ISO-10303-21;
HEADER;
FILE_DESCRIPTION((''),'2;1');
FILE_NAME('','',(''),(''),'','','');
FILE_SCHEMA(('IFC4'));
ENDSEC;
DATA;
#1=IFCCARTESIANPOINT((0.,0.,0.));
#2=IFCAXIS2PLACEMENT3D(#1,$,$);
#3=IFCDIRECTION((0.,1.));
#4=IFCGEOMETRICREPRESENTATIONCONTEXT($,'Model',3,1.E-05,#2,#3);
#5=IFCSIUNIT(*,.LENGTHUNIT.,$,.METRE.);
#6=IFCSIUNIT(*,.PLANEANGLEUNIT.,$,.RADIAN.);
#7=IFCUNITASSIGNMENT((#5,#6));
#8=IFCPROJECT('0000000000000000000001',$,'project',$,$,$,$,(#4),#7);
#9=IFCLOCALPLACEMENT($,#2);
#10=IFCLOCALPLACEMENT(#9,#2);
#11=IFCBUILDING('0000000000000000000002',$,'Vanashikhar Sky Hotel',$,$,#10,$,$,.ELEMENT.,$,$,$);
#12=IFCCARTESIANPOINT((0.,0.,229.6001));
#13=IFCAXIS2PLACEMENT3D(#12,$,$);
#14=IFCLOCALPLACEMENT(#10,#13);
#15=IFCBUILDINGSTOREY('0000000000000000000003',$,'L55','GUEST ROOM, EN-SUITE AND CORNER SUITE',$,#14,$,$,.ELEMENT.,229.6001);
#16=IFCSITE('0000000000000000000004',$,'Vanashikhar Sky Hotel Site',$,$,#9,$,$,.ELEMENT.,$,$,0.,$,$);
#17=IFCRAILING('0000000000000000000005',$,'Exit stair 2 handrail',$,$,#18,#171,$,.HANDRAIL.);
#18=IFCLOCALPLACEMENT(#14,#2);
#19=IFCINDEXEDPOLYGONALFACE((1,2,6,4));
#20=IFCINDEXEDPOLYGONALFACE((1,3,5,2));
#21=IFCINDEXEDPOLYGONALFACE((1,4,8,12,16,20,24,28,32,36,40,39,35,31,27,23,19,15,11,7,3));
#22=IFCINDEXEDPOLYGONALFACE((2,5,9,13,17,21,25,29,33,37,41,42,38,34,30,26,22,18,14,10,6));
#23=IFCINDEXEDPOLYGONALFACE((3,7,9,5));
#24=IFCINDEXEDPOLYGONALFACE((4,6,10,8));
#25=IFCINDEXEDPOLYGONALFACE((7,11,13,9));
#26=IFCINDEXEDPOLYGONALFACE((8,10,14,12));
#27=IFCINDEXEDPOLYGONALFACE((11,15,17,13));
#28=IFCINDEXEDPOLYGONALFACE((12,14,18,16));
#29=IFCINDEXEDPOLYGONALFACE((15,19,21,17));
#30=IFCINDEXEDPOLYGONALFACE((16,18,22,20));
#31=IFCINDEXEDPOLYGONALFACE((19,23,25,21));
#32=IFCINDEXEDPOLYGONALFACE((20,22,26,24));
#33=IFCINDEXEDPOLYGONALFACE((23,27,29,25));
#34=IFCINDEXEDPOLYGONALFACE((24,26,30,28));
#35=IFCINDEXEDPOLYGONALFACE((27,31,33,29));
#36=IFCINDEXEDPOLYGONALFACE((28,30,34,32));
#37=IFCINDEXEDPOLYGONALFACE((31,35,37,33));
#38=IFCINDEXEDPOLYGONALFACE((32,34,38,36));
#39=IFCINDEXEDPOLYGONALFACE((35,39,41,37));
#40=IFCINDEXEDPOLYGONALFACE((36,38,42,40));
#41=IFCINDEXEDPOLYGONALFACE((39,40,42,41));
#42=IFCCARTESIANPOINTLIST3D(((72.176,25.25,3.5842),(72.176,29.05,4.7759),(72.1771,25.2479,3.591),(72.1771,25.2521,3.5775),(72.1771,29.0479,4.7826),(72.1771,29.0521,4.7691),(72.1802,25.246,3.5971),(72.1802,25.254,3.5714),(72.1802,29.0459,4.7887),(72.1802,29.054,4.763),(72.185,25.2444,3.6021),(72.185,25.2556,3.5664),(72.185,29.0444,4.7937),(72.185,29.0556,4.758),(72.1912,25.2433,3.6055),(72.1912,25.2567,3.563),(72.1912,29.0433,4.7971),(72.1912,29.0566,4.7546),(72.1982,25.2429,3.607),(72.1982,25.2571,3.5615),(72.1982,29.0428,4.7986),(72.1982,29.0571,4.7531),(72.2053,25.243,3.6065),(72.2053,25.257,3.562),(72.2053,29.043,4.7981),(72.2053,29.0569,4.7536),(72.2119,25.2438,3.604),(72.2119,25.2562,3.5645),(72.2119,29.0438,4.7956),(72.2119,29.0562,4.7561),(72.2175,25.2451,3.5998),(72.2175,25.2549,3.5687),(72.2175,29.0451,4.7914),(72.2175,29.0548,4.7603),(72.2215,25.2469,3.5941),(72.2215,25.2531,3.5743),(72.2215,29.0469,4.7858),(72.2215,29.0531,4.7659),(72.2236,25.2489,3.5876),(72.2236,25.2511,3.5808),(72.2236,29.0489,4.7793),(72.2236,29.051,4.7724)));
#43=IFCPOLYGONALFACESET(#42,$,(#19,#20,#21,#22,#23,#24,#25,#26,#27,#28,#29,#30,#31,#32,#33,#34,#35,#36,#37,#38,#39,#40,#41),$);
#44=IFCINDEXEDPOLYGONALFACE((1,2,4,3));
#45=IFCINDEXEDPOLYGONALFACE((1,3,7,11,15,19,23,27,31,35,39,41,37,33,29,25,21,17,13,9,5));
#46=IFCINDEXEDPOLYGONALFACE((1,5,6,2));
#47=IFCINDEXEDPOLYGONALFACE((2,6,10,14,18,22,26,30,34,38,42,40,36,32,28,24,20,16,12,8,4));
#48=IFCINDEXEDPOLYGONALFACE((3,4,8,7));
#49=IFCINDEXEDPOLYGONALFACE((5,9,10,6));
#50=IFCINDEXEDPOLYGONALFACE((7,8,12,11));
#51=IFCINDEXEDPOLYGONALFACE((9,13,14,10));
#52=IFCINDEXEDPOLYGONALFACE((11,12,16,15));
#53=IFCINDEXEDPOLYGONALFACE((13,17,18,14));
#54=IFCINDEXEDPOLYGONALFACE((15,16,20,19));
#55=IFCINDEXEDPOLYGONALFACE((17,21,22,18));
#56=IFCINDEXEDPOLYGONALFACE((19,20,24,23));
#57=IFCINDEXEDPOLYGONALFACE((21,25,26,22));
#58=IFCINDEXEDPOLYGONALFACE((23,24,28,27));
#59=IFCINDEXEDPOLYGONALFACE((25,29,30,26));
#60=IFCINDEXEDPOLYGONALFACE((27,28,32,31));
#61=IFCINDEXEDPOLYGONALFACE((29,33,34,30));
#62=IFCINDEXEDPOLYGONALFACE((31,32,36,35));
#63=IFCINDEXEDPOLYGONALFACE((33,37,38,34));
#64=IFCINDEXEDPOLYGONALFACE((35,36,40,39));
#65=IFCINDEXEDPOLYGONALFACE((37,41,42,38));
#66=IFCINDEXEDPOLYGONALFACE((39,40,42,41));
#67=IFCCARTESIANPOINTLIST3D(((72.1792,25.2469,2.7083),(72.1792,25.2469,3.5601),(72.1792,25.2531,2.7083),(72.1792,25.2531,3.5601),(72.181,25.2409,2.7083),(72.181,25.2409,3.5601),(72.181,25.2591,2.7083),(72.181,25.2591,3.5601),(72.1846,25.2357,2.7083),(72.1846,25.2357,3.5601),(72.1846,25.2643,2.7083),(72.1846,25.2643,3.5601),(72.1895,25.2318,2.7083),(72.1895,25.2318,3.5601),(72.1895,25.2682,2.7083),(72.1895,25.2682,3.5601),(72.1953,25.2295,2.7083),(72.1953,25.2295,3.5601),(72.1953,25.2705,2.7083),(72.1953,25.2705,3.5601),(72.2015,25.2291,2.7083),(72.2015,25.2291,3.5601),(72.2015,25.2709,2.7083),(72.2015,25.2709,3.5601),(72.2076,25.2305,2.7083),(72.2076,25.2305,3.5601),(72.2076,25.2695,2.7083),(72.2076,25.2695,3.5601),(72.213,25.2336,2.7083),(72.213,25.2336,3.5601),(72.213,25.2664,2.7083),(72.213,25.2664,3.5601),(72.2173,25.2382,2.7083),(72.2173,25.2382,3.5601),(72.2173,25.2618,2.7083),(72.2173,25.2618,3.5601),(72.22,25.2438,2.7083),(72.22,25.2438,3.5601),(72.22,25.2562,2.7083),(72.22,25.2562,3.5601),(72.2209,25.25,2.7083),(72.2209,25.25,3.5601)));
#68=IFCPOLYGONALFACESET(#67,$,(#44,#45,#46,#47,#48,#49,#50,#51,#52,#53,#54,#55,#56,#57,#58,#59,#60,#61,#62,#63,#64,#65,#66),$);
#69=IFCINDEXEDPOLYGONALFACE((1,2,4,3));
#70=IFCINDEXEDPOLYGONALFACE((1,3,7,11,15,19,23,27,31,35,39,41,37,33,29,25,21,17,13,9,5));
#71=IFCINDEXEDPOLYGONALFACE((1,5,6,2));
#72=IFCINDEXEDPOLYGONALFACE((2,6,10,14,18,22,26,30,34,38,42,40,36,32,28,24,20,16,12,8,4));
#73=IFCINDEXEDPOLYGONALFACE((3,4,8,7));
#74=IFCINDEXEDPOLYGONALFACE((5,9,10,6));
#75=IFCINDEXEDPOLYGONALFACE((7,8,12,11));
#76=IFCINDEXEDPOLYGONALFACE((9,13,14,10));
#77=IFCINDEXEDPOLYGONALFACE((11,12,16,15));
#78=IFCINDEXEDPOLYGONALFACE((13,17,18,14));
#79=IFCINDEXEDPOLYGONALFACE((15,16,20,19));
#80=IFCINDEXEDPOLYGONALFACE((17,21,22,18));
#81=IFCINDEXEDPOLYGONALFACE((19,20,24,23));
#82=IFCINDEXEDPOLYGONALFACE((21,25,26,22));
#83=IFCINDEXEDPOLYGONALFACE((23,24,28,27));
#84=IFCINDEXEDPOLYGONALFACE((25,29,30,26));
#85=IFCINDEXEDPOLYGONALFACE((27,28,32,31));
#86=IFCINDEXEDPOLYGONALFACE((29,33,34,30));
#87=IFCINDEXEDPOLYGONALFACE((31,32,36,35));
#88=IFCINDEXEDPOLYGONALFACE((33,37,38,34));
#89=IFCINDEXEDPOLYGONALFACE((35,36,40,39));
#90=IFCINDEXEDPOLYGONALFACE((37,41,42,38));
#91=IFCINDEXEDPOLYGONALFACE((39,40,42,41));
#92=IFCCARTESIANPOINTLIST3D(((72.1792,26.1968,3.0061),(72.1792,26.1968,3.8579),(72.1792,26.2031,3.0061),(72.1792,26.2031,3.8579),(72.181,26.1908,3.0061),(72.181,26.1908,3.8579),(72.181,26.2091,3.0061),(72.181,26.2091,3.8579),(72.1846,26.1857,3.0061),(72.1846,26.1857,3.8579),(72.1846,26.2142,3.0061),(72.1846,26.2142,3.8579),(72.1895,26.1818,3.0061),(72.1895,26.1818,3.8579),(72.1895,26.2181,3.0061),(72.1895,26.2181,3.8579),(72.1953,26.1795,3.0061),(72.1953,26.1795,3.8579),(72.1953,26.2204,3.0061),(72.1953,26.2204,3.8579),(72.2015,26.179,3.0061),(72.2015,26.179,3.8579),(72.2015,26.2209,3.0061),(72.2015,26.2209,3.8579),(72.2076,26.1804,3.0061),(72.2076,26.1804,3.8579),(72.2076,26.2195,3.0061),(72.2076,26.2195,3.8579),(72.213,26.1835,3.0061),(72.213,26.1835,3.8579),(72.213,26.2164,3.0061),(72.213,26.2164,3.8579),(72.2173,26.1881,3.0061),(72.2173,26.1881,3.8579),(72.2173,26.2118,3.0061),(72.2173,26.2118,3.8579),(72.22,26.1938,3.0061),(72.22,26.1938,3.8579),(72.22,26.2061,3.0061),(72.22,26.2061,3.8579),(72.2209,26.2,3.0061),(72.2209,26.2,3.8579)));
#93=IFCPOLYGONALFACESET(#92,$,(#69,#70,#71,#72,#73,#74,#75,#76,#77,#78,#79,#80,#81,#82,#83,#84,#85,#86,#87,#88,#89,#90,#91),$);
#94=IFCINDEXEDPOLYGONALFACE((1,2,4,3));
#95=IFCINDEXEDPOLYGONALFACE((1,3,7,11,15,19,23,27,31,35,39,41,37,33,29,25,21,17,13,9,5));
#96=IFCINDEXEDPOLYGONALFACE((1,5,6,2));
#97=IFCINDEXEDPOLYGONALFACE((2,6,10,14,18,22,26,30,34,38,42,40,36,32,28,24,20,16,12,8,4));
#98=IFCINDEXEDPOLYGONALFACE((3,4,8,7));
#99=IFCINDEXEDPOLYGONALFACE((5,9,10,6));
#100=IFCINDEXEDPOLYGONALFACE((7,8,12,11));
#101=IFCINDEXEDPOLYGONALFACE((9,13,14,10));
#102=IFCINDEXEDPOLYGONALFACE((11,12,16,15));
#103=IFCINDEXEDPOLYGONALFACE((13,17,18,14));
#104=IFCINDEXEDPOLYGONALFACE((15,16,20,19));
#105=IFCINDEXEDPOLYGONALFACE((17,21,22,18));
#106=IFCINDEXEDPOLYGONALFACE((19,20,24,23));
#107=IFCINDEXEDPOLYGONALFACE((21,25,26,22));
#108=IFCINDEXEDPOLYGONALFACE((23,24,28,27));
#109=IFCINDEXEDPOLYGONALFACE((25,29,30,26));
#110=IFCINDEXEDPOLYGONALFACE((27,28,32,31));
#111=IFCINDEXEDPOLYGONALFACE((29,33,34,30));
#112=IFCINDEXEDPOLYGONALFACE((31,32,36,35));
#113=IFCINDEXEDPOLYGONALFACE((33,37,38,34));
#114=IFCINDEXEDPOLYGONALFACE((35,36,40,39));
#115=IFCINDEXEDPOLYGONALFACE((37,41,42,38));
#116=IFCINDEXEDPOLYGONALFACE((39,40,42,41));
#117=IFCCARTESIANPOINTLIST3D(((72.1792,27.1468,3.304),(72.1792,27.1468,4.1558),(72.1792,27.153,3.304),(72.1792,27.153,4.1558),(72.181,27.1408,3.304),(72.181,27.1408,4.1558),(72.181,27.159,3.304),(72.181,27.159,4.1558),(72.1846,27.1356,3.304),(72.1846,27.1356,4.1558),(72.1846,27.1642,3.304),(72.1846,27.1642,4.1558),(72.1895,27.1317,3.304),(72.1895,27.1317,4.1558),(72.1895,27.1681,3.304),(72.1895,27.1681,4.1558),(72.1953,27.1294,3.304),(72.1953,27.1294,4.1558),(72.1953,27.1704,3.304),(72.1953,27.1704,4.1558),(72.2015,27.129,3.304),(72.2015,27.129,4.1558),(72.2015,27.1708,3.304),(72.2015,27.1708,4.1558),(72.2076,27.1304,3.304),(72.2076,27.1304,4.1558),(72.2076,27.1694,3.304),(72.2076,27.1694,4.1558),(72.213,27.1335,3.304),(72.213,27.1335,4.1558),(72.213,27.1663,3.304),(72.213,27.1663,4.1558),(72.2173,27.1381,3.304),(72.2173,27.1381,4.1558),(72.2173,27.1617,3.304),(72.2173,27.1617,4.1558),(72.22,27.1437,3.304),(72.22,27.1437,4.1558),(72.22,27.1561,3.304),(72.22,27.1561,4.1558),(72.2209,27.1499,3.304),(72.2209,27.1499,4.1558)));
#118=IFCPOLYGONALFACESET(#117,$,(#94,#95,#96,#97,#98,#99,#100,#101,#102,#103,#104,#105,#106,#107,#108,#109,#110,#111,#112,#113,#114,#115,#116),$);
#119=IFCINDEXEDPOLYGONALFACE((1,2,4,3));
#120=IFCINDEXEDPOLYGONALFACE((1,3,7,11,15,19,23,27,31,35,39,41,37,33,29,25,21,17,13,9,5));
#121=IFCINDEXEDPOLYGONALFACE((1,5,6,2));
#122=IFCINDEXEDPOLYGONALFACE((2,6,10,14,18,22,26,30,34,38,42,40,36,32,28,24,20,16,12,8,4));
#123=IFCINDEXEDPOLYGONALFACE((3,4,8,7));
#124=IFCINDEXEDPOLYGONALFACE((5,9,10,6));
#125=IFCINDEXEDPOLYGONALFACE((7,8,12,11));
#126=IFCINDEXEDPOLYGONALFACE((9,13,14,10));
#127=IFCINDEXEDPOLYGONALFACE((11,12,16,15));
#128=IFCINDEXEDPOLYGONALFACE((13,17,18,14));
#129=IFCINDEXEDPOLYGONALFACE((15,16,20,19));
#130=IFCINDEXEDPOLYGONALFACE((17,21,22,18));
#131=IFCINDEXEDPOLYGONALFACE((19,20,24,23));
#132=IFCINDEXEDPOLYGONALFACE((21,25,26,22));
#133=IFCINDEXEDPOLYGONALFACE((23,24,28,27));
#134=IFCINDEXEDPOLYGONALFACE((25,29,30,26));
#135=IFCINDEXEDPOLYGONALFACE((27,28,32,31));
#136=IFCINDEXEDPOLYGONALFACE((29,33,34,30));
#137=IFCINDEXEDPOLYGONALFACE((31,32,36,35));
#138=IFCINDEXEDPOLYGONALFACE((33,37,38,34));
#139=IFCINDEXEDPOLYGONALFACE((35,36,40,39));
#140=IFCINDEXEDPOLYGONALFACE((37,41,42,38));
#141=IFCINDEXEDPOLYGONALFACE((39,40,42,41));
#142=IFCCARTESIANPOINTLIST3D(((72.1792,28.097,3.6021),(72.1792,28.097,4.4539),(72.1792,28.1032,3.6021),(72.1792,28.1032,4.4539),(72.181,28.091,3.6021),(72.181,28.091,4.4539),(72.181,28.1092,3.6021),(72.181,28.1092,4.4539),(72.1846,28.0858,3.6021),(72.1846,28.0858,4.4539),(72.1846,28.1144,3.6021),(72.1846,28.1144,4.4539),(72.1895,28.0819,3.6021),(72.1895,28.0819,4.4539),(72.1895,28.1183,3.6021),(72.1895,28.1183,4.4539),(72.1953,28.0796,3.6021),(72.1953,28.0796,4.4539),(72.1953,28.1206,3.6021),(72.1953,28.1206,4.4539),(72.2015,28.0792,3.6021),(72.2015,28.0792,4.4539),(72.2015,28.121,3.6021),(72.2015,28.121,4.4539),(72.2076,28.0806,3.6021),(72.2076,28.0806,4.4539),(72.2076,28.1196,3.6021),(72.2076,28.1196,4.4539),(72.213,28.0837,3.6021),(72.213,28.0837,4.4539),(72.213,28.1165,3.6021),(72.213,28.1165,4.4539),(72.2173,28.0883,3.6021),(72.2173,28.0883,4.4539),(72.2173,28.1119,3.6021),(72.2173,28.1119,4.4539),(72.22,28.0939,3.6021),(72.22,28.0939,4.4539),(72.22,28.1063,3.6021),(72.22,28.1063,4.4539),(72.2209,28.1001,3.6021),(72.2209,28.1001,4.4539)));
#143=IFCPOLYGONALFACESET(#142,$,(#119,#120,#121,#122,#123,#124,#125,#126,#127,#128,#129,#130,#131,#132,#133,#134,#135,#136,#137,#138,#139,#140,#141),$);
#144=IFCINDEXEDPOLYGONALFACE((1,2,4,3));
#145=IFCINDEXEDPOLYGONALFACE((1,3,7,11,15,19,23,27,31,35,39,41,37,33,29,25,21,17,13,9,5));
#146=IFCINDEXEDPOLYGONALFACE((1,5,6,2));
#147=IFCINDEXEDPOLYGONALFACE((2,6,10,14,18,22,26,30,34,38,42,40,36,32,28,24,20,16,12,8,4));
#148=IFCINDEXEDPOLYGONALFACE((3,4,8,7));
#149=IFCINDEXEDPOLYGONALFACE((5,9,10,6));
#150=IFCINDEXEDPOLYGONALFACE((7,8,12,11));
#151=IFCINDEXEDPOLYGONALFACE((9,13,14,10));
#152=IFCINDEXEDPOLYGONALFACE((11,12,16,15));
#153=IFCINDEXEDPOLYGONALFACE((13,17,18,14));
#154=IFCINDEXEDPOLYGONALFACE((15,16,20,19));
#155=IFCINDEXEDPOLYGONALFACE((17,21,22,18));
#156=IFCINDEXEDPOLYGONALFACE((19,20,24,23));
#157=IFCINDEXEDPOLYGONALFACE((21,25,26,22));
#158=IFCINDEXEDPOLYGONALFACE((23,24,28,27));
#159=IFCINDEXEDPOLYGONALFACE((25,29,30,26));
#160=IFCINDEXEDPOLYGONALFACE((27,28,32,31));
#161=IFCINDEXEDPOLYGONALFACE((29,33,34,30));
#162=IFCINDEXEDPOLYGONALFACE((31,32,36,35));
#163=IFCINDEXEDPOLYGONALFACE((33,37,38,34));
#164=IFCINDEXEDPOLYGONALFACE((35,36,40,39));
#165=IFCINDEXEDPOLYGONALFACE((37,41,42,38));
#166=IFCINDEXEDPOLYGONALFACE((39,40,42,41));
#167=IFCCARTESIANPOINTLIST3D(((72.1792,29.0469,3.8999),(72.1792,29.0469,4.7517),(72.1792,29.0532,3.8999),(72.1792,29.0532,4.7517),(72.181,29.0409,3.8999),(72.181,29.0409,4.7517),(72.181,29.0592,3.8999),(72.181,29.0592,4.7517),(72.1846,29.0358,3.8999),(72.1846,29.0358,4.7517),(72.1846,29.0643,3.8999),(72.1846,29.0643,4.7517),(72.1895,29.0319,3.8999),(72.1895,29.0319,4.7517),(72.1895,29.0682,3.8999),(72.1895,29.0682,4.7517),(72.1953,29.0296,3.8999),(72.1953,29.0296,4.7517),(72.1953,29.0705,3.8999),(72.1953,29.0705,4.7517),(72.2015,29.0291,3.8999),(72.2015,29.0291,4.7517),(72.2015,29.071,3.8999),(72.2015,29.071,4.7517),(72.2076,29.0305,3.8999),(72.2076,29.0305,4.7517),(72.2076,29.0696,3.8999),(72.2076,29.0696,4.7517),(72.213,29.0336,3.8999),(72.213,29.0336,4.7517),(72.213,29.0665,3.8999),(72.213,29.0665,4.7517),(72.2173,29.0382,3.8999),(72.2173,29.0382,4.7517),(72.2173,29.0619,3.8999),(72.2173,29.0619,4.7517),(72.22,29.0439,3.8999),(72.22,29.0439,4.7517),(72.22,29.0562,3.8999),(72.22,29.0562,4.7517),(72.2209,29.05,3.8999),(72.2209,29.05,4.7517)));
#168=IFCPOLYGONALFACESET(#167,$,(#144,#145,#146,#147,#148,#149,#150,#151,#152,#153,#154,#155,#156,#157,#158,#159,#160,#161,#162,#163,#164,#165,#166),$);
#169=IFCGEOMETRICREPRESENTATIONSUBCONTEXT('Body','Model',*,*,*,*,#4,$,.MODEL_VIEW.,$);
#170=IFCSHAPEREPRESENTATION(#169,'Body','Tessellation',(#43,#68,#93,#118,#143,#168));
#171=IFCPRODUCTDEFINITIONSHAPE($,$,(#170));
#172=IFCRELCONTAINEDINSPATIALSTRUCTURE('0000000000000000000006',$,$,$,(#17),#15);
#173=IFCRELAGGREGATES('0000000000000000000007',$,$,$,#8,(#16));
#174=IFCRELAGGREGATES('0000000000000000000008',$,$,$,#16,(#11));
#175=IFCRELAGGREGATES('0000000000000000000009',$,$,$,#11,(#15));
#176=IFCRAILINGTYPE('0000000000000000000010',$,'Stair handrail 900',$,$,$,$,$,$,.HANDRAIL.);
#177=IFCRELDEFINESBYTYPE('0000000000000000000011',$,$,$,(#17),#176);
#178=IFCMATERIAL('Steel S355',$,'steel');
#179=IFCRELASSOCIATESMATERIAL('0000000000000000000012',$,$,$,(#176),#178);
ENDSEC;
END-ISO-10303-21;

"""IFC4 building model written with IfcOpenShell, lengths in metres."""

from ifc_helpers import new_model, si_unit, direction, frame, origin, origin_2d, place, context, subcontext, project, spatial, circle, extrude, source, transform, mapped, material, type_object, element, save


model = new_model("IFC4")

# Units and contexts
model_context = context("Model", 3, precision=1e-05, world=origin(), true_north=direction((0.0, 1.0)))
body_context = subcontext(model_context, "Body", "Model", "MODEL_VIEW")
ifc_project = project(units=[si_unit("LENGTHUNIT", "METRE"), si_unit("PLANEANGLEUNIT", "RADIAN")], contexts=[model_context])

# Site, building, storey
site_placement = place(None, origin())
site = spatial("IfcSite", under=ifc_project, at=site_placement, Name="Vanashikhar Sky Hotel Site", CompositionType="ELEMENT", RefElevation=0.0)
building_placement = place(site_placement, origin())
building = spatial("IfcBuilding", under=site, at=building_placement, Name="Vanashikhar Sky Hotel", CompositionType="ELEMENT")
storey_placement = place(building_placement, frame((0.0, 0.0, 229.6001)))
storey = spatial("IfcBuildingStorey", under=building, at=storey_placement, Name="L55", Description="GUEST ROOM, EN-SUITE AND CORNER SUITE", CompositionType="ELEMENT", Elevation=229.6001)

# Railing
ifc_material_1 = material(Name="Steel S355", Category="steel")
railing_type_1 = type_object("IfcRailingType", Name="Stair handrail 900", PredefinedType="HANDRAIL", material=ifc_material_1)
shared_shape_1 = source(origin(), body_context, "Body", "SweptSolid", [
    extrude(circle(Radius=0.0239, at=origin_2d()), frame((0.0, 0.0, 0.876), z_axis=(0.0, 0.954184, 0.299221), x_axis=(-1.0, 0.0, 0.0)), (0.0, 0.0, 1.0), 3.9824),
    extrude(circle(Radius=0.021, at=origin_2d()), origin(), (0.0, 0.0, 1.0), 0.8518),
    extrude(circle(Radius=0.021, at=origin_2d()), frame((0.0, 0.95, 0.2979)), (0.0, 0.0, 1.0), 0.8518),
    extrude(circle(Radius=0.021, at=origin_2d()), frame((0.0, 1.8999, 0.5957)), (0.0, 0.0, 1.0), 0.8518),
    extrude(circle(Radius=0.021, at=origin_2d()), frame((0.0, 2.8501, 0.8938)), (0.0, 0.0, 1.0), 0.8518),
    extrude(circle(Radius=0.021, at=origin_2d()), frame((0.0, 3.8, 1.1917)), (0.0, 0.0, 1.0), 0.8518),
])
for number, where, name in (
    (1, (72.2, 25.25, 2.7083), "Exit stair 2 handrail"),
):
    element("IfcRailing", number, at=place(storey_placement, frame(where)), inside=storey, type_object=railing_type_1, Name=name, PredefinedType="HANDRAIL", context=body_context, shape_type="MappedRepresentation", body=[
        mapped(shared_shape_1, transform((0.0, 0.0, 0.0), scale=1.0)),
    ])

save(model, "model.ifc")
